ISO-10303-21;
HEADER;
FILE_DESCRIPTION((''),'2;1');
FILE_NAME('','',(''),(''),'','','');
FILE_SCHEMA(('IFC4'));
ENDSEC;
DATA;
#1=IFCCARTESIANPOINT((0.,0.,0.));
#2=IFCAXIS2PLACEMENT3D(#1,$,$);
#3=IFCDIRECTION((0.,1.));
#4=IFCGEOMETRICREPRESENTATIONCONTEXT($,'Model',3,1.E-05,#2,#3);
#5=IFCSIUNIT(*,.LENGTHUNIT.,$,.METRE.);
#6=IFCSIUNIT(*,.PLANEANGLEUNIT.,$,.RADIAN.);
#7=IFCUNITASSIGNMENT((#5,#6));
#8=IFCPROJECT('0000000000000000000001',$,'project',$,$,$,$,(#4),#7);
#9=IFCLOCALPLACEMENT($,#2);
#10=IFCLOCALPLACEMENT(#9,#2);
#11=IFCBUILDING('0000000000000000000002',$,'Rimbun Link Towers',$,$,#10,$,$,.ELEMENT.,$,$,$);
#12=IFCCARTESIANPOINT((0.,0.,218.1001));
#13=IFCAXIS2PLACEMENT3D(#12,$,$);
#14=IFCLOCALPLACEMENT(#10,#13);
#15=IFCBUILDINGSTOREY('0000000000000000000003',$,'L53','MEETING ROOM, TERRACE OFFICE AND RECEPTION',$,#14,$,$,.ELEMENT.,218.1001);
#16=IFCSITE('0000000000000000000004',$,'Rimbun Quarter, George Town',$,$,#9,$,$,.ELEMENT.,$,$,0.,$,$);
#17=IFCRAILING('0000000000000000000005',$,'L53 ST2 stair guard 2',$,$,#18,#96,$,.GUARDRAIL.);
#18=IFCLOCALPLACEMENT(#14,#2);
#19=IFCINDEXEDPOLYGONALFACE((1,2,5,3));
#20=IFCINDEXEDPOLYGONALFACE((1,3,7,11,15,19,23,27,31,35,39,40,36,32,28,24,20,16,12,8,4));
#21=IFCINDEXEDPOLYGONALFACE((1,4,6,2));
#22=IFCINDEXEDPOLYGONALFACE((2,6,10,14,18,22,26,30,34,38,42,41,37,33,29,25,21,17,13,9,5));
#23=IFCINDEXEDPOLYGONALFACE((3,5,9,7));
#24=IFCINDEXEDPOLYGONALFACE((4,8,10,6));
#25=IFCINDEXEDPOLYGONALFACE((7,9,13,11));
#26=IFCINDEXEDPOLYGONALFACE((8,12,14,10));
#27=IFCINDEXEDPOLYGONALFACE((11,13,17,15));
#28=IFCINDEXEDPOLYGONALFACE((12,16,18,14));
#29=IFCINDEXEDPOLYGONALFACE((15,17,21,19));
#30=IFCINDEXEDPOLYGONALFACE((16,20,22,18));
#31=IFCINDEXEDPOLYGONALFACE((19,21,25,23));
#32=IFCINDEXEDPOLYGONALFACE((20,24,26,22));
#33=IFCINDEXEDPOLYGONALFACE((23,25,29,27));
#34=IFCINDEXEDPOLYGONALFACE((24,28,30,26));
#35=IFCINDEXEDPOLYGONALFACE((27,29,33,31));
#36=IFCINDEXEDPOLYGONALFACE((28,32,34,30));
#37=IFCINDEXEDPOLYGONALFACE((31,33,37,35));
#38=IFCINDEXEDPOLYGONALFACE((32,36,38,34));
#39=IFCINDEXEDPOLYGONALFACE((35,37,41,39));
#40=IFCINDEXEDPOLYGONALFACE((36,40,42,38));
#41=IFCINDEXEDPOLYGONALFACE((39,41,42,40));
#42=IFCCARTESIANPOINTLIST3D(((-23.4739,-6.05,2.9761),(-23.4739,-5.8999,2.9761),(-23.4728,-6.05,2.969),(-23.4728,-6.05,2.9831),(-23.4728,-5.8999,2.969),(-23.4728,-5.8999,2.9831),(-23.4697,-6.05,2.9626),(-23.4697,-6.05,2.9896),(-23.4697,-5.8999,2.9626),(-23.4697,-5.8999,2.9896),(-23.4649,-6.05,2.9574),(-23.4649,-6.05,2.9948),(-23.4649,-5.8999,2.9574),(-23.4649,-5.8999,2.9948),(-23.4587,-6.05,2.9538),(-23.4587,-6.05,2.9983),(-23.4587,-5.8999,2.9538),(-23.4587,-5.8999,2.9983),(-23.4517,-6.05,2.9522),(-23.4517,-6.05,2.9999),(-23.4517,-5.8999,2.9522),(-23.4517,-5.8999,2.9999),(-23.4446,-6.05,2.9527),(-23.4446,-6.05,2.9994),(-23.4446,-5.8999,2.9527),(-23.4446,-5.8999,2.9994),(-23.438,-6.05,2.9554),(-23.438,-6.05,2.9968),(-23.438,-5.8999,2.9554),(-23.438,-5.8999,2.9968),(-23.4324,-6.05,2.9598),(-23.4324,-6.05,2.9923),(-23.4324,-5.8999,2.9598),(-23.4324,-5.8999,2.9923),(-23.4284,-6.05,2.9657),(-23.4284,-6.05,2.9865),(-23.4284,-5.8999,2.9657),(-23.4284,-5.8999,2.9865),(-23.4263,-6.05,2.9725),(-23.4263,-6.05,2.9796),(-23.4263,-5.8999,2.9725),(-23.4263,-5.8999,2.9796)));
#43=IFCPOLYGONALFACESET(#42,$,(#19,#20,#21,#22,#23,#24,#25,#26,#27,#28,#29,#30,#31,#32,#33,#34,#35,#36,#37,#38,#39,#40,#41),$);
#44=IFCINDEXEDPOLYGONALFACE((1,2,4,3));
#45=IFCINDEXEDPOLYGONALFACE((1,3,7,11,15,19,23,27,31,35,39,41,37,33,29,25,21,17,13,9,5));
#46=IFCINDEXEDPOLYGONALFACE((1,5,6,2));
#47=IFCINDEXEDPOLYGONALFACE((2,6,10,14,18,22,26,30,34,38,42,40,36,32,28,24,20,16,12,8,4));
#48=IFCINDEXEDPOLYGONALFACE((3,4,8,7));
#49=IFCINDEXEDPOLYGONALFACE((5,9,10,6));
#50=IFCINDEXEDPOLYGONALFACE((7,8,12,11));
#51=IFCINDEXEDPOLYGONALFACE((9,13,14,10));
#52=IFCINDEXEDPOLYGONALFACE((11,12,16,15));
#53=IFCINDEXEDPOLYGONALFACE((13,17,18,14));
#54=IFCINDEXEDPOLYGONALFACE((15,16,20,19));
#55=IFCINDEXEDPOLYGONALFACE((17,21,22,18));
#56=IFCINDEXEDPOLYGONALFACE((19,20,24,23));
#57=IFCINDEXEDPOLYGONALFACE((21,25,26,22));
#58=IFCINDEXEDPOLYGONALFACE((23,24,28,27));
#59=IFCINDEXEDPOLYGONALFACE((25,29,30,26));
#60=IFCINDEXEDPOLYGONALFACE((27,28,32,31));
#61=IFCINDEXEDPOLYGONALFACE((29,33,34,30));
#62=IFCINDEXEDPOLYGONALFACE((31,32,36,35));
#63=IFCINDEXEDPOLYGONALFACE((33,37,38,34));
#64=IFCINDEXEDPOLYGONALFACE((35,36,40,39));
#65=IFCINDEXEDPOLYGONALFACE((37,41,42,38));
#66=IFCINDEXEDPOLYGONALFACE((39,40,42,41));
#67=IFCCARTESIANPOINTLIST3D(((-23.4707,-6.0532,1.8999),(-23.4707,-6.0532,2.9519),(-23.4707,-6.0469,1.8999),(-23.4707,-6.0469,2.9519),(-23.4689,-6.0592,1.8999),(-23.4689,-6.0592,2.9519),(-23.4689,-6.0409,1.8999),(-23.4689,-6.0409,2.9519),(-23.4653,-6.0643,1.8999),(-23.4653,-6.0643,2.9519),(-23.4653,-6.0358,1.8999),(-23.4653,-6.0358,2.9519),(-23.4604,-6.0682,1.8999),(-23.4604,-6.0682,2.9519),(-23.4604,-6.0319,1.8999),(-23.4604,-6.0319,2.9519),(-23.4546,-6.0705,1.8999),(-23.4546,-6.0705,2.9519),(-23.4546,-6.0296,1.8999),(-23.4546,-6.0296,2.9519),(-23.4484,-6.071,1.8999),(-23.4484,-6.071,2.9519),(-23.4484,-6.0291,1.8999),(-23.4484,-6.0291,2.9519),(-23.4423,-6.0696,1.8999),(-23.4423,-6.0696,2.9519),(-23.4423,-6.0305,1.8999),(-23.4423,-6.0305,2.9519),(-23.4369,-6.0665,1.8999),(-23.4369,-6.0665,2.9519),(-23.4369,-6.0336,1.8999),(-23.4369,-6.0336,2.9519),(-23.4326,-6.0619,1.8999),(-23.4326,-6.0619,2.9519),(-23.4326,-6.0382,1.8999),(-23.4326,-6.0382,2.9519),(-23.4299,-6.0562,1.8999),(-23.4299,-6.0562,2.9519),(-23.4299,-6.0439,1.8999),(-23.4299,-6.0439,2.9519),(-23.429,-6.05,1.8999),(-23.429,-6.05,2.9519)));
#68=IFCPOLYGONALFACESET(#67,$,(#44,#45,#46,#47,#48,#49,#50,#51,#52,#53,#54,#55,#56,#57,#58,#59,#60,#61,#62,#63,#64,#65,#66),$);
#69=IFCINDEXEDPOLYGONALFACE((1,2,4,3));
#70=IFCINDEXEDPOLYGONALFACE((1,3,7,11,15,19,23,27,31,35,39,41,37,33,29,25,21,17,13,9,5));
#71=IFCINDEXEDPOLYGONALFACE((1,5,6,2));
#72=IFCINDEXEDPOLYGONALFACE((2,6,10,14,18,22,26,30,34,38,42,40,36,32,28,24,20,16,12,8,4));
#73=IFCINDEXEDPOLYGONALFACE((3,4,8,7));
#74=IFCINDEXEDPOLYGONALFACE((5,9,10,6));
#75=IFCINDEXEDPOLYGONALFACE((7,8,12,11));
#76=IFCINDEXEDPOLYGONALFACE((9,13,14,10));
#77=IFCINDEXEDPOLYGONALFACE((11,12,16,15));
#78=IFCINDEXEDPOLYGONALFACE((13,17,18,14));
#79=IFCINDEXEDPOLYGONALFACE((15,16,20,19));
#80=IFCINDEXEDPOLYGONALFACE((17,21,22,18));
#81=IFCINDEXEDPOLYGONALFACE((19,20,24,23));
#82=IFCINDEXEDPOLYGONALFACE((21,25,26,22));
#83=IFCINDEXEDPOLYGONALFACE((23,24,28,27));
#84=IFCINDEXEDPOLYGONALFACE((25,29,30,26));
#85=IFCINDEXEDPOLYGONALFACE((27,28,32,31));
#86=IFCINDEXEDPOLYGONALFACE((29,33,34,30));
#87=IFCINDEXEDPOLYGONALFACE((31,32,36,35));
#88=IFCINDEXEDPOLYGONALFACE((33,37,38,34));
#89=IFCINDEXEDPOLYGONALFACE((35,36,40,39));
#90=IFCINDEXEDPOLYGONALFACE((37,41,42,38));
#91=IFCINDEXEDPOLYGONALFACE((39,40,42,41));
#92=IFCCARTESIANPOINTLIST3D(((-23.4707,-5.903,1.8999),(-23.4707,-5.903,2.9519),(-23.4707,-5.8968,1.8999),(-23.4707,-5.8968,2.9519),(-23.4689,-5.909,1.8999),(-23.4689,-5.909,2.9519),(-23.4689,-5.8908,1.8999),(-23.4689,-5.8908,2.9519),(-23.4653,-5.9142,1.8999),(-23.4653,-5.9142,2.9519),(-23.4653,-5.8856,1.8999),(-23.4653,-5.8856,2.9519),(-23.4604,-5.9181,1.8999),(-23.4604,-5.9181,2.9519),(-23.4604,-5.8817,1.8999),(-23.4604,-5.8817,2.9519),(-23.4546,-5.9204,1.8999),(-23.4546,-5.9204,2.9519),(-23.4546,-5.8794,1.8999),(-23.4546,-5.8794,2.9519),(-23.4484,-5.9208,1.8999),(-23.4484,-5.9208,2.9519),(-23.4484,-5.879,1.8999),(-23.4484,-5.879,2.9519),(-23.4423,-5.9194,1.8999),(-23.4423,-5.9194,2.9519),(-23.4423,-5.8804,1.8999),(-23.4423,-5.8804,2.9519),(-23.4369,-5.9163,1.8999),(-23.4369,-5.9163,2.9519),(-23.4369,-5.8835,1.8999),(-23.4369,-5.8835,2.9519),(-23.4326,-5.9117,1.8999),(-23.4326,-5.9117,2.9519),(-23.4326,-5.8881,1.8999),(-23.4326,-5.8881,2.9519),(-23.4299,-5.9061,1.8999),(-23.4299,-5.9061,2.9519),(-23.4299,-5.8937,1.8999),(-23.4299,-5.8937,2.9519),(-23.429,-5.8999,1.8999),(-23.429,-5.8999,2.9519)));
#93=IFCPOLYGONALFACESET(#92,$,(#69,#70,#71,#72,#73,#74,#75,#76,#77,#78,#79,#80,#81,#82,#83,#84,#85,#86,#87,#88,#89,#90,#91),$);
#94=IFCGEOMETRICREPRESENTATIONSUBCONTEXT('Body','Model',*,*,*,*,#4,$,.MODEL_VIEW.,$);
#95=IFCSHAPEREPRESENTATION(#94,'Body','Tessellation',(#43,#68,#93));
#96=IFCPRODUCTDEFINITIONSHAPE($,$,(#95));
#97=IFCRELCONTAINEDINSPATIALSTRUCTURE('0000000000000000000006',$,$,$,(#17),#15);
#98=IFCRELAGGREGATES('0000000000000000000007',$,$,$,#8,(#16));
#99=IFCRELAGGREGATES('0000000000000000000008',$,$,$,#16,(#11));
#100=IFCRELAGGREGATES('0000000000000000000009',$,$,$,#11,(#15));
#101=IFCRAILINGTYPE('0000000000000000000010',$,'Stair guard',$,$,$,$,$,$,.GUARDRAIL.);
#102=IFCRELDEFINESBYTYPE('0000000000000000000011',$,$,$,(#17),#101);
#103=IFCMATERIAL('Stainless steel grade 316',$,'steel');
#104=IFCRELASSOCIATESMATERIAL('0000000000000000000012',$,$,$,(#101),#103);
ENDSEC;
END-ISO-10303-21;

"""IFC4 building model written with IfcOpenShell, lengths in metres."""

from ifc_helpers import new_model, si_unit, direction, frame, origin, origin_2d, place, context, subcontext, project, spatial, circle, extrude, material, type_object, element, save


model = new_model("IFC4")

# Units and contexts
model_context = context("Model", 3, precision=1e-05, world=origin(), true_north=direction((0.0, 1.0)))
body_context = subcontext(model_context, "Body", "Model", "MODEL_VIEW")
ifc_project = project(units=[si_unit("LENGTHUNIT", "METRE"), si_unit("PLANEANGLEUNIT", "RADIAN")], contexts=[model_context])

# Site, building, storey
site_placement = place(None, origin())
site = spatial("IfcSite", under=ifc_project, at=site_placement, Name="Rimbun Quarter, George Town", CompositionType="ELEMENT", RefElevation=0.0)
building_placement = place(site_placement, origin())
building = spatial("IfcBuilding", under=site, at=building_placement, Name="Rimbun Link Towers", CompositionType="ELEMENT")
storey_placement = place(building_placement, frame((0.0, 0.0, 218.1001)))
storey = spatial("IfcBuildingStorey", under=building, at=storey_placement, Name="L53", Description="MEETING ROOM, TERRACE OFFICE AND RECEPTION", CompositionType="ELEMENT", Elevation=218.1001)

# Railing
ifc_material_1 = material(Name="Stainless steel grade 316", Category="steel")
railing_type_1 = type_object("IfcRailingType", Name="Stair guard", PredefinedType="GUARDRAIL", material=ifc_material_1)
railing_1_placement = place(storey_placement, frame((-23.45, -6.05, 1.8999)))
element("IfcRailing", 1, at=railing_1_placement, inside=storey, type_object=railing_type_1, Name="L53 ST2 stair guard 2", PredefinedType="GUARDRAIL", context=body_context, shape_type="SweptSolid", body=[
    extrude(circle(Radius=0.0239, at=origin_2d()), frame((0.0, 0.0, 1.0762), z_axis=(0.0, 1.0, 0.0), x_axis=(-1.0, 0.0, 0.0)), (0.0, 0.0, 1.0), 0.1501),
    extrude(circle(Radius=0.021, at=origin_2d()), origin(), (0.0, 0.0, 1.0), 1.052),
    extrude(circle(Radius=0.021, at=origin_2d()), frame((0.0, 0.1501, 0.0)), (0.0, 0.0, 1.0), 1.052),
])

save(model, "model.ifc")
